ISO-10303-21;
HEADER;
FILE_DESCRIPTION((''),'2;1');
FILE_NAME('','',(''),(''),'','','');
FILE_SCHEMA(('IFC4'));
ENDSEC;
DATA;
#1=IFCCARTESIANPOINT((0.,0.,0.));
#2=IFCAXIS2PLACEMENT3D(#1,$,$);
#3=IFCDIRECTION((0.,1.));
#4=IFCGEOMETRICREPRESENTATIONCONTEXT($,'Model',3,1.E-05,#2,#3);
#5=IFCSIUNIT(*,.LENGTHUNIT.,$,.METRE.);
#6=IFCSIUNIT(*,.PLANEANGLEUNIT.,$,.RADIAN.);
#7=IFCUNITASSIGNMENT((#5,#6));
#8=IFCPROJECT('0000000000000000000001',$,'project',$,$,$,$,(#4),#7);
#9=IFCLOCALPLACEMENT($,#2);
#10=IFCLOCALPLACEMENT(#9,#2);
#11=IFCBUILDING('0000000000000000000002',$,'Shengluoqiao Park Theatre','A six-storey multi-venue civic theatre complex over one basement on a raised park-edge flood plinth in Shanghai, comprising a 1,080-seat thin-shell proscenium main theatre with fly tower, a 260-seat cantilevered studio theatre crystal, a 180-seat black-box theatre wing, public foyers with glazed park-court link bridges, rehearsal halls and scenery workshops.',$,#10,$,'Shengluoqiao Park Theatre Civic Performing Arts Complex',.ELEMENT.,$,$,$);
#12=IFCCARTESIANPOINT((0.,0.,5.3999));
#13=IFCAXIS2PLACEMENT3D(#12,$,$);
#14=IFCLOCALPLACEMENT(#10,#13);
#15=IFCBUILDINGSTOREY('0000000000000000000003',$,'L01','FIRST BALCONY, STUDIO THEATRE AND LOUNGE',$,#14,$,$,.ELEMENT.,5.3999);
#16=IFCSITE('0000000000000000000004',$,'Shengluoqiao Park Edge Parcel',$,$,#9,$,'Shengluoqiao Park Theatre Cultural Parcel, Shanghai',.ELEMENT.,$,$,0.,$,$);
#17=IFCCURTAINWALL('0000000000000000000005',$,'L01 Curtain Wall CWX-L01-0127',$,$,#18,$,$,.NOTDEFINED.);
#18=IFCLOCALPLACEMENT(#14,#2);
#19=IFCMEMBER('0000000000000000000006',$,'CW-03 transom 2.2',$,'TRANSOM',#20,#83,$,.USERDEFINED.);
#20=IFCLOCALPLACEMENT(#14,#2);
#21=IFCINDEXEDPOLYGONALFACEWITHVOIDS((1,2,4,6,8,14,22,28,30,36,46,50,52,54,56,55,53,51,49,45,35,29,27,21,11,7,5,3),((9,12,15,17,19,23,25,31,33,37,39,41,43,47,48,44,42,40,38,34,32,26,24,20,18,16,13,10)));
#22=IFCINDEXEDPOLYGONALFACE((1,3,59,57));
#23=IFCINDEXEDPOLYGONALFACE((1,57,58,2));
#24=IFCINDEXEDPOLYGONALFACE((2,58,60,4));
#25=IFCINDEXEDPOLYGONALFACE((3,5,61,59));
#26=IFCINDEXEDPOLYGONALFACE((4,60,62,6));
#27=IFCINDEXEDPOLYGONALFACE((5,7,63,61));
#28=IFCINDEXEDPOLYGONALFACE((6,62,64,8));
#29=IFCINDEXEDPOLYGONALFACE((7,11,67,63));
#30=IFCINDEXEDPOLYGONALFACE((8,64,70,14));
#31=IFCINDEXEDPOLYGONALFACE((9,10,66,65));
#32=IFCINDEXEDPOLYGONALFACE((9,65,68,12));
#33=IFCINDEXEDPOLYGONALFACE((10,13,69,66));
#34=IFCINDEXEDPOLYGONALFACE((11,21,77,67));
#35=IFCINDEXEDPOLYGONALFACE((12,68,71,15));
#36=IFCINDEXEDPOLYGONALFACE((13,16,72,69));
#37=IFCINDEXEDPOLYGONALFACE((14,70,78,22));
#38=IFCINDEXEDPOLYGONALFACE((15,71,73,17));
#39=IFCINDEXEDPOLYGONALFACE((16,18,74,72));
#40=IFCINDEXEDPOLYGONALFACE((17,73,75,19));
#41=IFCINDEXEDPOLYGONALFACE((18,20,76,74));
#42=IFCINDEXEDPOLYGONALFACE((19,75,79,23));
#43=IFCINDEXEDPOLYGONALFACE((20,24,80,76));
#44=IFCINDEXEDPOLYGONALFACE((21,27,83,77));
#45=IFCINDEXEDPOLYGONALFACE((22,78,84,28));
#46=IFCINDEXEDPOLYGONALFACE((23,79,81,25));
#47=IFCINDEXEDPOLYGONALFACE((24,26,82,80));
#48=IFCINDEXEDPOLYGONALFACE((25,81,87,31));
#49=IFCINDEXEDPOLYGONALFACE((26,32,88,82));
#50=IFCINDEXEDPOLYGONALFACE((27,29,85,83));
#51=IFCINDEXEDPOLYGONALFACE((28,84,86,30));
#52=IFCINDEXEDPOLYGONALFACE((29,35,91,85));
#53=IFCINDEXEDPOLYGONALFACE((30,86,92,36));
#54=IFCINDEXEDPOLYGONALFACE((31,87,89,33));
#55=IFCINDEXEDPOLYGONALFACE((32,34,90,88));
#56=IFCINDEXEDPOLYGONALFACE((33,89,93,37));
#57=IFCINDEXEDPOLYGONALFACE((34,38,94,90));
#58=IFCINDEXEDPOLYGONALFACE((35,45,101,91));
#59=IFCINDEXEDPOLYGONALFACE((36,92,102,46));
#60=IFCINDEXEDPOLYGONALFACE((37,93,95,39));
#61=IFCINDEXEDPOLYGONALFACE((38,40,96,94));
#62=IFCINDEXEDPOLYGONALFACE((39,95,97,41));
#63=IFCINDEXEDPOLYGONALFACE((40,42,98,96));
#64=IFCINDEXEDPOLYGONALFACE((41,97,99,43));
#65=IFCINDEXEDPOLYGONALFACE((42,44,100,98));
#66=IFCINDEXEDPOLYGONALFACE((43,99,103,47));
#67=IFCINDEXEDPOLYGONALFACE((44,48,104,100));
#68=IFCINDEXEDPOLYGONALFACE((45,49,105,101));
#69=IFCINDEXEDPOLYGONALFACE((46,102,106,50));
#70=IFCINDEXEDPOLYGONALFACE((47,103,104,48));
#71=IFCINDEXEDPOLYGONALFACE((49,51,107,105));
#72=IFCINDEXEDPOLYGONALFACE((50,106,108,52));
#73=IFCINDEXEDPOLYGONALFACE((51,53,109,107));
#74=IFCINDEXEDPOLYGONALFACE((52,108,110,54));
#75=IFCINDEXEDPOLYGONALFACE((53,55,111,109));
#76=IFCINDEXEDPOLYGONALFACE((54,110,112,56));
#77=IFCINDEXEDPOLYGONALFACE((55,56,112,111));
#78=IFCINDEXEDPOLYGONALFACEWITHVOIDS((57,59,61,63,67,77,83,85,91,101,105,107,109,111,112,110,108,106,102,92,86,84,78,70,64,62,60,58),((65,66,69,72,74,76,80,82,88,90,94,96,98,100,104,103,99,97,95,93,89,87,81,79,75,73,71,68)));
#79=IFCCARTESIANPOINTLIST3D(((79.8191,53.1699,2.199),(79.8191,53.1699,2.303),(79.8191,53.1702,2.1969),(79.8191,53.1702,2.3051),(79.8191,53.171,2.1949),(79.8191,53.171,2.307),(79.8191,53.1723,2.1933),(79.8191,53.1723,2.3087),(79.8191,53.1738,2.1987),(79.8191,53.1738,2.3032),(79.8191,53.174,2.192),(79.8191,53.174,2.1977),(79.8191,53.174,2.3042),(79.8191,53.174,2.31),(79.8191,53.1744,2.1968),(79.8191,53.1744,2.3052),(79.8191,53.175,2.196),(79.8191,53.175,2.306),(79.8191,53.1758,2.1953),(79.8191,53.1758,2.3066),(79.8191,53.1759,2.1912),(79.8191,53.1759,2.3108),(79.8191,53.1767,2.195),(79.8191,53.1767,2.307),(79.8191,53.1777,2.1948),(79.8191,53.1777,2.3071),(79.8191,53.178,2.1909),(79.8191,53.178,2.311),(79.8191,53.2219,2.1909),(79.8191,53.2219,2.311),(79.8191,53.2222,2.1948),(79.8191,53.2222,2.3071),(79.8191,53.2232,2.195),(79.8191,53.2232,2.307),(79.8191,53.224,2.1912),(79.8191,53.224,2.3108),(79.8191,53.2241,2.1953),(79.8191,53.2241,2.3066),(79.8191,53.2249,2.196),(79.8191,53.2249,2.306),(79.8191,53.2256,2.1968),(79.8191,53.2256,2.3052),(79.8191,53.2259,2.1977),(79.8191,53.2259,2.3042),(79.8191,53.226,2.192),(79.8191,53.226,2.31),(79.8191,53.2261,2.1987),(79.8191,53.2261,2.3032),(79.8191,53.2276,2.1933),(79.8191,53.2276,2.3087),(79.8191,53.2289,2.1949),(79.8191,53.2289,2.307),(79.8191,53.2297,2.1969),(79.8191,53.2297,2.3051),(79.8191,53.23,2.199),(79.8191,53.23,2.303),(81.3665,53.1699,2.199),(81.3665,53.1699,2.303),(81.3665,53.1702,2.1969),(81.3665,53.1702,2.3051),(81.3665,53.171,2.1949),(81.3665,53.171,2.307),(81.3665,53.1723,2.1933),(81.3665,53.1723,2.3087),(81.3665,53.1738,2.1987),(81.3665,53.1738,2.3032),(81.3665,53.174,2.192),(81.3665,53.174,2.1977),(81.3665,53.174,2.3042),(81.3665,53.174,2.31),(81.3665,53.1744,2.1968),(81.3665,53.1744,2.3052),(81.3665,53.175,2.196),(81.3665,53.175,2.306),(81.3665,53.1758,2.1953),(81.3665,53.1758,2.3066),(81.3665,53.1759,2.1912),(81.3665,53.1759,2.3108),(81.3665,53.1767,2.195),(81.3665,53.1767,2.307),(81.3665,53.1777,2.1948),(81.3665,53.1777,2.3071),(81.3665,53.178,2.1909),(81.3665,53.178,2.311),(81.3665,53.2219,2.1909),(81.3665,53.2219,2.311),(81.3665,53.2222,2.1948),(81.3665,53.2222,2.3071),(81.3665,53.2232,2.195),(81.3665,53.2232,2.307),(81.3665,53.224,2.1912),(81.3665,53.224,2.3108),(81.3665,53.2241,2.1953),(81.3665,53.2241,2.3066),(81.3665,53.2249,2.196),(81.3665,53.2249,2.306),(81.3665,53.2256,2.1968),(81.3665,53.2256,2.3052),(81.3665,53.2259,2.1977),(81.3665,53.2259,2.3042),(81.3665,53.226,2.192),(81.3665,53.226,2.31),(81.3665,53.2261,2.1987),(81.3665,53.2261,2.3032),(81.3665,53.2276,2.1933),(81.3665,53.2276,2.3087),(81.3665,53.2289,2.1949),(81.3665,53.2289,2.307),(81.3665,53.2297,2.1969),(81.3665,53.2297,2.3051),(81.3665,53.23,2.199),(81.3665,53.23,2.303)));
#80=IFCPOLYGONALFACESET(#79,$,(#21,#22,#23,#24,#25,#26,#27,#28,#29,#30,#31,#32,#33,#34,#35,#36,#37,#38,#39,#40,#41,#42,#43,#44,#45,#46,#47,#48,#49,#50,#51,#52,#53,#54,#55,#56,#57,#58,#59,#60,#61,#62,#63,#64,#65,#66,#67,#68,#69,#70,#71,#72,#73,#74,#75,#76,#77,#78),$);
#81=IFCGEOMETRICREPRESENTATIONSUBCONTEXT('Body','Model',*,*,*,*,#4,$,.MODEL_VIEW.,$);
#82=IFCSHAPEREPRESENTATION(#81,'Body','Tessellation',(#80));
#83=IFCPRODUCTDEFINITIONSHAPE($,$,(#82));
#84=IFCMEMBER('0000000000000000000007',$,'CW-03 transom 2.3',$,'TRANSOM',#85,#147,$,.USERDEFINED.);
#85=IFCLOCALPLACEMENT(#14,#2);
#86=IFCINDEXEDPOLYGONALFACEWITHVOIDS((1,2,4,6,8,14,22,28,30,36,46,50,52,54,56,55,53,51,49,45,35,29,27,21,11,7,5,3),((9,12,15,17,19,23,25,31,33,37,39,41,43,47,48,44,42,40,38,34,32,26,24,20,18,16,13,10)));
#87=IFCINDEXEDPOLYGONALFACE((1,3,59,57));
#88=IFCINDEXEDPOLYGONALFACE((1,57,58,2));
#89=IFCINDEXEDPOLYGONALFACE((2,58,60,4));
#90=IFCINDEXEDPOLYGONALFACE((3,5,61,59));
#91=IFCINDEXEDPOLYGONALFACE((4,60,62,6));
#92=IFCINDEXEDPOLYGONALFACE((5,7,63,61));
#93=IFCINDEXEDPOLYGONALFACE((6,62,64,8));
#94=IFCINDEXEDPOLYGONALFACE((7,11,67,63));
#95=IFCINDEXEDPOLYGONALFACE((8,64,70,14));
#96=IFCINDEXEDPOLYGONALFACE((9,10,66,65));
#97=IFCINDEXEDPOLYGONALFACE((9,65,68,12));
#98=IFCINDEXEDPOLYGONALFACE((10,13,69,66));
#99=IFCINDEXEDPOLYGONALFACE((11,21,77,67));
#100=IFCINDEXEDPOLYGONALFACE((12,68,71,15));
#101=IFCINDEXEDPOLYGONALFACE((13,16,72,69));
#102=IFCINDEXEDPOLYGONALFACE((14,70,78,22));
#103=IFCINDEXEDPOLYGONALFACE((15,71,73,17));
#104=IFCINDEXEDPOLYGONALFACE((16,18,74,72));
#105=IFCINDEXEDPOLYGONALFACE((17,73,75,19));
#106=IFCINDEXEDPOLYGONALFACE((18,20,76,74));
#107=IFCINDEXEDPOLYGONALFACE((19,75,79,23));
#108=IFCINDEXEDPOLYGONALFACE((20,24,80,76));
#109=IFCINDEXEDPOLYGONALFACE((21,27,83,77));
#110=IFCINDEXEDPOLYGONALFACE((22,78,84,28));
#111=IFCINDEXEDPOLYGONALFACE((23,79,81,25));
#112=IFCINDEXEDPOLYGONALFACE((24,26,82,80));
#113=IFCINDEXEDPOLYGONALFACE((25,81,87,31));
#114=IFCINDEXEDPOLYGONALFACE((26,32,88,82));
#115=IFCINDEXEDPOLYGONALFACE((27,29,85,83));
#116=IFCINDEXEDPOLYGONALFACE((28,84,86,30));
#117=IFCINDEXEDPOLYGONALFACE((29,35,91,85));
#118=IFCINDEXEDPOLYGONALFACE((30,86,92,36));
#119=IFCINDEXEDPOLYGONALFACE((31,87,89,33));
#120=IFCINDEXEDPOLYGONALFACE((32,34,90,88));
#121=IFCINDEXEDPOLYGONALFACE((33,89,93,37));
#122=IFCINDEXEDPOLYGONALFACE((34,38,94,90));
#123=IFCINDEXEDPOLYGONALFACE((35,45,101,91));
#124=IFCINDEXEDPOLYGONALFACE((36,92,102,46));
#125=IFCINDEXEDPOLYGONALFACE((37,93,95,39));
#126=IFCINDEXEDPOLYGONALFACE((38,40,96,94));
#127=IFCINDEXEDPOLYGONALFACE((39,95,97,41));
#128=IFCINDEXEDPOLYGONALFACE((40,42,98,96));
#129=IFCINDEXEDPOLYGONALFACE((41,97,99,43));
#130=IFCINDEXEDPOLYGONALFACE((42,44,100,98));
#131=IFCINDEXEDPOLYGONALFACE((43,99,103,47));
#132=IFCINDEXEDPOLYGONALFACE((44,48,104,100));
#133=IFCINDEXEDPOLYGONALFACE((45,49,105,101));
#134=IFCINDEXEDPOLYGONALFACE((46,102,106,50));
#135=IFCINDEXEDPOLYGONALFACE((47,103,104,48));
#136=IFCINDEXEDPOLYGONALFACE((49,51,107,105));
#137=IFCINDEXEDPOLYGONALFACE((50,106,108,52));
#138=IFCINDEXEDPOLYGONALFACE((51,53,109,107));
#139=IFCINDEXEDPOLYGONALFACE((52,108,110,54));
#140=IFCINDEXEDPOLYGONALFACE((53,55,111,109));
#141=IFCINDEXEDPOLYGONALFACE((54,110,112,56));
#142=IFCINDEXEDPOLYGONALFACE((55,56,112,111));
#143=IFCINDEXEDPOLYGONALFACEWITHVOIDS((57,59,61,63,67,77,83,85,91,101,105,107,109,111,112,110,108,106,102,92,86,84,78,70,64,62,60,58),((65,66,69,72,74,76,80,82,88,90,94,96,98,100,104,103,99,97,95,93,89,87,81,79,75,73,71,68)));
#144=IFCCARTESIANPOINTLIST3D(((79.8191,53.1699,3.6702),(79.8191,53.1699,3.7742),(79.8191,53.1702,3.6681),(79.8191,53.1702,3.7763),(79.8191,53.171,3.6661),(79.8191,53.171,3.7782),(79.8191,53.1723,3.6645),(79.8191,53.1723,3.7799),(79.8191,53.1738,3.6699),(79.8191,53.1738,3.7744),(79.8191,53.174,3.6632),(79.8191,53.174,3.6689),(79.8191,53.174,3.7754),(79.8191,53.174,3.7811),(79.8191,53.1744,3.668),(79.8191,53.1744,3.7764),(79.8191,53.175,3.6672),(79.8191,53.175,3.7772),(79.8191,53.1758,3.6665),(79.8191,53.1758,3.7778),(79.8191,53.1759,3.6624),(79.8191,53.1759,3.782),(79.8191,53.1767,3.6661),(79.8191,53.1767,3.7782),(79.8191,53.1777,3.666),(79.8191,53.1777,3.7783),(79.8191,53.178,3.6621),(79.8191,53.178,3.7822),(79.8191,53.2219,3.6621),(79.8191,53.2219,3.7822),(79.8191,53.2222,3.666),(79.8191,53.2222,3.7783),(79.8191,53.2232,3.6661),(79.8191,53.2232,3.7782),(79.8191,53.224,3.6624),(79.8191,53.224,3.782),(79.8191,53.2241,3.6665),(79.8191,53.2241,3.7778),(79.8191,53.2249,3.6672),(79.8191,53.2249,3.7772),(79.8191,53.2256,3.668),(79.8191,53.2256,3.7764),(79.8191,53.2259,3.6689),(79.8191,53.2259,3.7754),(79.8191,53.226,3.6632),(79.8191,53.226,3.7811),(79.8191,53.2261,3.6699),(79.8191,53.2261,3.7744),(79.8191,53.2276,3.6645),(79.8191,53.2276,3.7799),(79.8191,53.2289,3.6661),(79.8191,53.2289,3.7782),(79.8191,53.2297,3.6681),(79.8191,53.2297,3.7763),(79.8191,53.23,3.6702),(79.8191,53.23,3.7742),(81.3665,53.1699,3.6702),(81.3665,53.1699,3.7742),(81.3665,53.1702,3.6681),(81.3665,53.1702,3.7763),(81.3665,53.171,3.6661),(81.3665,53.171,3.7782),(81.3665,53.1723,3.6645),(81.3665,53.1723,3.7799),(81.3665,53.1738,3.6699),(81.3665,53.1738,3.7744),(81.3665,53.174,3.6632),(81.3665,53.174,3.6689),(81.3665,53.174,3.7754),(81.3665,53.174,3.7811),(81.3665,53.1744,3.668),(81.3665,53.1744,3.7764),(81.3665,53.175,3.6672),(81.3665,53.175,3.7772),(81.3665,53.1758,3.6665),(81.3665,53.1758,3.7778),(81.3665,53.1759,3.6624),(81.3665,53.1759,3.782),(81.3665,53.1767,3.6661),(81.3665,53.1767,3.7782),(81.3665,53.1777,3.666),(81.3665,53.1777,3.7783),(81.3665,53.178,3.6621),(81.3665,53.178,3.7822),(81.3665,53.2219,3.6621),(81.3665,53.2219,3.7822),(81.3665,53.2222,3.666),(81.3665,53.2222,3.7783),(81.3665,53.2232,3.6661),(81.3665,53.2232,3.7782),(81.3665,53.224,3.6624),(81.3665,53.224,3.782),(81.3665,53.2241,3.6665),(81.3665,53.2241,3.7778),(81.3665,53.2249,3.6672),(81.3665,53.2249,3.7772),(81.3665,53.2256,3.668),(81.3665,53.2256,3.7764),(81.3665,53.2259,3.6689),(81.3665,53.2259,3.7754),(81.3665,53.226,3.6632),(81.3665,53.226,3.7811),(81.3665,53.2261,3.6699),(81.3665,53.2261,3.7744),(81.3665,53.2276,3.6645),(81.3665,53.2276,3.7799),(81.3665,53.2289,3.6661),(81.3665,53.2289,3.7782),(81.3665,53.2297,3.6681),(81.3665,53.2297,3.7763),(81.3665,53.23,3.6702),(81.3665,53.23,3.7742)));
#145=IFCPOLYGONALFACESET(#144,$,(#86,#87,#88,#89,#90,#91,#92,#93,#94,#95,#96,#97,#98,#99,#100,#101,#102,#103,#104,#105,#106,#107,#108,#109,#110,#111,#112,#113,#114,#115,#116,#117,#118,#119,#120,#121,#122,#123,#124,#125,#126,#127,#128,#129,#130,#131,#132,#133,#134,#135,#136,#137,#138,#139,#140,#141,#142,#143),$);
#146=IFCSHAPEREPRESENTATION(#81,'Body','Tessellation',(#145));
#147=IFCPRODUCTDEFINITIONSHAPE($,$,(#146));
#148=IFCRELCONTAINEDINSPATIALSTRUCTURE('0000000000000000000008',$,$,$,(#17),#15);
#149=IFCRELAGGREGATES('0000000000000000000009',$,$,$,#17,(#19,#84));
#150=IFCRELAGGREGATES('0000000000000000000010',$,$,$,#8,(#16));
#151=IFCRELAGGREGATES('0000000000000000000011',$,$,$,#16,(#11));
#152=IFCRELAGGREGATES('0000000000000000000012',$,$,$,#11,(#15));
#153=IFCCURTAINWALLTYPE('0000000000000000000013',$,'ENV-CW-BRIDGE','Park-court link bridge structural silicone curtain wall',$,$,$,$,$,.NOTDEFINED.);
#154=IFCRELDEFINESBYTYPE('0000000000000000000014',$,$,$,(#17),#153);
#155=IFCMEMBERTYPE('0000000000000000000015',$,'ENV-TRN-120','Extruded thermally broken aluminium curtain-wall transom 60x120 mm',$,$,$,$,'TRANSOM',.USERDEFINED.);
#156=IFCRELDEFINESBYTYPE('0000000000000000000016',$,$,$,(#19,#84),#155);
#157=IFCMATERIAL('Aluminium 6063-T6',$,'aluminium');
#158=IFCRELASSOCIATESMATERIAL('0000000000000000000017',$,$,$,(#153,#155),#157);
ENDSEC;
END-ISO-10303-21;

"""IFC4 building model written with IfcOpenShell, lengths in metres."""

from ifc_helpers import new_model, si_unit, direction, frame, origin, origin_2d, place, context, subcontext, project, spatial, hollow_rectangle, extrude, material, material_profile, profile_set, type_object, element, aggregate, save


model = new_model("IFC4")

# Units and contexts
model_context = context("Model", 3, precision=1e-05, world=origin(), true_north=direction((0.0, 1.0)))
body_context = subcontext(model_context, "Body", "Model", "MODEL_VIEW")
ifc_project = project(units=[si_unit("LENGTHUNIT", "METRE"), si_unit("PLANEANGLEUNIT", "RADIAN")], contexts=[model_context])

# Site, building, storey
site_placement = place(None, origin())
site = spatial("IfcSite", under=ifc_project, at=site_placement, Name="Shengluoqiao Park Edge Parcel", LongName="Shengluoqiao Park Theatre Cultural Parcel, Shanghai", CompositionType="ELEMENT", RefElevation=0.0)
building_placement = place(site_placement, origin())
building = spatial("IfcBuilding", under=site, at=building_placement, Name="Shengluoqiao Park Theatre", Description="A six-storey multi-venue civic theatre complex over one basement on a raised park-edge flood plinth in Shanghai, comprising a 1,080-seat thin-shell proscenium main theatre with fly tower, a 260-seat cantilevered studio theatre crystal, a 180-seat black-box theatre wing, public foyers with glazed park-court link bridges, rehearsal halls and scenery workshops.", LongName="Shengluoqiao Park Theatre Civic Performing Arts Complex", CompositionType="ELEMENT")
storey_placement = place(building_placement, frame((0.0, 0.0, 5.3999)))
storey = spatial("IfcBuildingStorey", under=building, at=storey_placement, Name="L01", Description="FIRST BALCONY, STUDIO THEATRE AND LOUNGE", CompositionType="ELEMENT", Elevation=5.3999)

# Curtain wall, members
ifc_material_1 = material(Name="Aluminium 6063-T6", Category="aluminium")
curtain_wall_type = type_object("IfcCurtainWallType", Name="ENV-CW-BRIDGE", Description="Park-court link bridge structural silicone curtain wall", PredefinedType="NOTDEFINED", material=ifc_material_1)
curtain_wall_placement = place(storey_placement, origin())
curtain_wall = element("IfcCurtainWall", 1, at=curtain_wall_placement, inside=storey, type_object=curtain_wall_type, Name="L01 Curtain Wall CWX-L01-0127", PredefinedType="NOTDEFINED")
ifc_material_profile_1 = material_profile(ifc_material_1, hollow_rectangle(XDim=0.0601, YDim=0.1201, WallThickness=0.0039, InnerFilletRadius=0.0039, OuterFilletRadius=0.0081, at=origin_2d()), Name="ALU TRANSOM 120x60x4")
ifc_profile_set_1 = profile_set([ifc_material_profile_1], Name="Aluminium 6063-T6")
member_type_1 = type_object("IfcMemberType", Name="ENV-TRN-120", Description="Extruded thermally broken aluminium curtain-wall transom 60x120 mm", ElementType="TRANSOM", PredefinedType="USERDEFINED", material=ifc_profile_set_1)
member_1_placement = place(storey_placement, frame((79.8191, 53.2, 2.251), z_axis=(1.0, 0.0, 0.0), x_axis=(0.0, 1.0, 0.0)))
member_1 = element("IfcMember", 2, at=member_1_placement, type_object=member_type_1, Name="CW-03 transom 2.2", ObjectType="TRANSOM", PredefinedType="USERDEFINED", context=body_context, shape_type="SweptSolid", body=[
    extrude(hollow_rectangle(XDim=0.0601, YDim=0.1201, WallThickness=0.0039, InnerFilletRadius=0.0039, OuterFilletRadius=0.0081, at=origin_2d()), origin(), (0.0, 0.0, 1.0), 1.5474),
])
member_2_placement = place(storey_placement, frame((79.8191, 53.2, 3.7222), z_axis=(1.0, 0.0, 0.0), x_axis=(0.0, 1.0, 0.0)))
member_2 = element("IfcMember", 3, at=member_2_placement, type_object=member_type_1, Name="CW-03 transom 2.3", ObjectType="TRANSOM", PredefinedType="USERDEFINED", context=body_context, shape_type="SweptSolid", body=[
    extrude(hollow_rectangle(XDim=0.0601, YDim=0.1201, WallThickness=0.0039, InnerFilletRadius=0.0039, OuterFilletRadius=0.0081, at=origin_2d()), origin(), (0.0, 0.0, 1.0), 1.5474),
])

aggregate(curtain_wall, [member_1, member_2])

save(model, "model.ifc")
